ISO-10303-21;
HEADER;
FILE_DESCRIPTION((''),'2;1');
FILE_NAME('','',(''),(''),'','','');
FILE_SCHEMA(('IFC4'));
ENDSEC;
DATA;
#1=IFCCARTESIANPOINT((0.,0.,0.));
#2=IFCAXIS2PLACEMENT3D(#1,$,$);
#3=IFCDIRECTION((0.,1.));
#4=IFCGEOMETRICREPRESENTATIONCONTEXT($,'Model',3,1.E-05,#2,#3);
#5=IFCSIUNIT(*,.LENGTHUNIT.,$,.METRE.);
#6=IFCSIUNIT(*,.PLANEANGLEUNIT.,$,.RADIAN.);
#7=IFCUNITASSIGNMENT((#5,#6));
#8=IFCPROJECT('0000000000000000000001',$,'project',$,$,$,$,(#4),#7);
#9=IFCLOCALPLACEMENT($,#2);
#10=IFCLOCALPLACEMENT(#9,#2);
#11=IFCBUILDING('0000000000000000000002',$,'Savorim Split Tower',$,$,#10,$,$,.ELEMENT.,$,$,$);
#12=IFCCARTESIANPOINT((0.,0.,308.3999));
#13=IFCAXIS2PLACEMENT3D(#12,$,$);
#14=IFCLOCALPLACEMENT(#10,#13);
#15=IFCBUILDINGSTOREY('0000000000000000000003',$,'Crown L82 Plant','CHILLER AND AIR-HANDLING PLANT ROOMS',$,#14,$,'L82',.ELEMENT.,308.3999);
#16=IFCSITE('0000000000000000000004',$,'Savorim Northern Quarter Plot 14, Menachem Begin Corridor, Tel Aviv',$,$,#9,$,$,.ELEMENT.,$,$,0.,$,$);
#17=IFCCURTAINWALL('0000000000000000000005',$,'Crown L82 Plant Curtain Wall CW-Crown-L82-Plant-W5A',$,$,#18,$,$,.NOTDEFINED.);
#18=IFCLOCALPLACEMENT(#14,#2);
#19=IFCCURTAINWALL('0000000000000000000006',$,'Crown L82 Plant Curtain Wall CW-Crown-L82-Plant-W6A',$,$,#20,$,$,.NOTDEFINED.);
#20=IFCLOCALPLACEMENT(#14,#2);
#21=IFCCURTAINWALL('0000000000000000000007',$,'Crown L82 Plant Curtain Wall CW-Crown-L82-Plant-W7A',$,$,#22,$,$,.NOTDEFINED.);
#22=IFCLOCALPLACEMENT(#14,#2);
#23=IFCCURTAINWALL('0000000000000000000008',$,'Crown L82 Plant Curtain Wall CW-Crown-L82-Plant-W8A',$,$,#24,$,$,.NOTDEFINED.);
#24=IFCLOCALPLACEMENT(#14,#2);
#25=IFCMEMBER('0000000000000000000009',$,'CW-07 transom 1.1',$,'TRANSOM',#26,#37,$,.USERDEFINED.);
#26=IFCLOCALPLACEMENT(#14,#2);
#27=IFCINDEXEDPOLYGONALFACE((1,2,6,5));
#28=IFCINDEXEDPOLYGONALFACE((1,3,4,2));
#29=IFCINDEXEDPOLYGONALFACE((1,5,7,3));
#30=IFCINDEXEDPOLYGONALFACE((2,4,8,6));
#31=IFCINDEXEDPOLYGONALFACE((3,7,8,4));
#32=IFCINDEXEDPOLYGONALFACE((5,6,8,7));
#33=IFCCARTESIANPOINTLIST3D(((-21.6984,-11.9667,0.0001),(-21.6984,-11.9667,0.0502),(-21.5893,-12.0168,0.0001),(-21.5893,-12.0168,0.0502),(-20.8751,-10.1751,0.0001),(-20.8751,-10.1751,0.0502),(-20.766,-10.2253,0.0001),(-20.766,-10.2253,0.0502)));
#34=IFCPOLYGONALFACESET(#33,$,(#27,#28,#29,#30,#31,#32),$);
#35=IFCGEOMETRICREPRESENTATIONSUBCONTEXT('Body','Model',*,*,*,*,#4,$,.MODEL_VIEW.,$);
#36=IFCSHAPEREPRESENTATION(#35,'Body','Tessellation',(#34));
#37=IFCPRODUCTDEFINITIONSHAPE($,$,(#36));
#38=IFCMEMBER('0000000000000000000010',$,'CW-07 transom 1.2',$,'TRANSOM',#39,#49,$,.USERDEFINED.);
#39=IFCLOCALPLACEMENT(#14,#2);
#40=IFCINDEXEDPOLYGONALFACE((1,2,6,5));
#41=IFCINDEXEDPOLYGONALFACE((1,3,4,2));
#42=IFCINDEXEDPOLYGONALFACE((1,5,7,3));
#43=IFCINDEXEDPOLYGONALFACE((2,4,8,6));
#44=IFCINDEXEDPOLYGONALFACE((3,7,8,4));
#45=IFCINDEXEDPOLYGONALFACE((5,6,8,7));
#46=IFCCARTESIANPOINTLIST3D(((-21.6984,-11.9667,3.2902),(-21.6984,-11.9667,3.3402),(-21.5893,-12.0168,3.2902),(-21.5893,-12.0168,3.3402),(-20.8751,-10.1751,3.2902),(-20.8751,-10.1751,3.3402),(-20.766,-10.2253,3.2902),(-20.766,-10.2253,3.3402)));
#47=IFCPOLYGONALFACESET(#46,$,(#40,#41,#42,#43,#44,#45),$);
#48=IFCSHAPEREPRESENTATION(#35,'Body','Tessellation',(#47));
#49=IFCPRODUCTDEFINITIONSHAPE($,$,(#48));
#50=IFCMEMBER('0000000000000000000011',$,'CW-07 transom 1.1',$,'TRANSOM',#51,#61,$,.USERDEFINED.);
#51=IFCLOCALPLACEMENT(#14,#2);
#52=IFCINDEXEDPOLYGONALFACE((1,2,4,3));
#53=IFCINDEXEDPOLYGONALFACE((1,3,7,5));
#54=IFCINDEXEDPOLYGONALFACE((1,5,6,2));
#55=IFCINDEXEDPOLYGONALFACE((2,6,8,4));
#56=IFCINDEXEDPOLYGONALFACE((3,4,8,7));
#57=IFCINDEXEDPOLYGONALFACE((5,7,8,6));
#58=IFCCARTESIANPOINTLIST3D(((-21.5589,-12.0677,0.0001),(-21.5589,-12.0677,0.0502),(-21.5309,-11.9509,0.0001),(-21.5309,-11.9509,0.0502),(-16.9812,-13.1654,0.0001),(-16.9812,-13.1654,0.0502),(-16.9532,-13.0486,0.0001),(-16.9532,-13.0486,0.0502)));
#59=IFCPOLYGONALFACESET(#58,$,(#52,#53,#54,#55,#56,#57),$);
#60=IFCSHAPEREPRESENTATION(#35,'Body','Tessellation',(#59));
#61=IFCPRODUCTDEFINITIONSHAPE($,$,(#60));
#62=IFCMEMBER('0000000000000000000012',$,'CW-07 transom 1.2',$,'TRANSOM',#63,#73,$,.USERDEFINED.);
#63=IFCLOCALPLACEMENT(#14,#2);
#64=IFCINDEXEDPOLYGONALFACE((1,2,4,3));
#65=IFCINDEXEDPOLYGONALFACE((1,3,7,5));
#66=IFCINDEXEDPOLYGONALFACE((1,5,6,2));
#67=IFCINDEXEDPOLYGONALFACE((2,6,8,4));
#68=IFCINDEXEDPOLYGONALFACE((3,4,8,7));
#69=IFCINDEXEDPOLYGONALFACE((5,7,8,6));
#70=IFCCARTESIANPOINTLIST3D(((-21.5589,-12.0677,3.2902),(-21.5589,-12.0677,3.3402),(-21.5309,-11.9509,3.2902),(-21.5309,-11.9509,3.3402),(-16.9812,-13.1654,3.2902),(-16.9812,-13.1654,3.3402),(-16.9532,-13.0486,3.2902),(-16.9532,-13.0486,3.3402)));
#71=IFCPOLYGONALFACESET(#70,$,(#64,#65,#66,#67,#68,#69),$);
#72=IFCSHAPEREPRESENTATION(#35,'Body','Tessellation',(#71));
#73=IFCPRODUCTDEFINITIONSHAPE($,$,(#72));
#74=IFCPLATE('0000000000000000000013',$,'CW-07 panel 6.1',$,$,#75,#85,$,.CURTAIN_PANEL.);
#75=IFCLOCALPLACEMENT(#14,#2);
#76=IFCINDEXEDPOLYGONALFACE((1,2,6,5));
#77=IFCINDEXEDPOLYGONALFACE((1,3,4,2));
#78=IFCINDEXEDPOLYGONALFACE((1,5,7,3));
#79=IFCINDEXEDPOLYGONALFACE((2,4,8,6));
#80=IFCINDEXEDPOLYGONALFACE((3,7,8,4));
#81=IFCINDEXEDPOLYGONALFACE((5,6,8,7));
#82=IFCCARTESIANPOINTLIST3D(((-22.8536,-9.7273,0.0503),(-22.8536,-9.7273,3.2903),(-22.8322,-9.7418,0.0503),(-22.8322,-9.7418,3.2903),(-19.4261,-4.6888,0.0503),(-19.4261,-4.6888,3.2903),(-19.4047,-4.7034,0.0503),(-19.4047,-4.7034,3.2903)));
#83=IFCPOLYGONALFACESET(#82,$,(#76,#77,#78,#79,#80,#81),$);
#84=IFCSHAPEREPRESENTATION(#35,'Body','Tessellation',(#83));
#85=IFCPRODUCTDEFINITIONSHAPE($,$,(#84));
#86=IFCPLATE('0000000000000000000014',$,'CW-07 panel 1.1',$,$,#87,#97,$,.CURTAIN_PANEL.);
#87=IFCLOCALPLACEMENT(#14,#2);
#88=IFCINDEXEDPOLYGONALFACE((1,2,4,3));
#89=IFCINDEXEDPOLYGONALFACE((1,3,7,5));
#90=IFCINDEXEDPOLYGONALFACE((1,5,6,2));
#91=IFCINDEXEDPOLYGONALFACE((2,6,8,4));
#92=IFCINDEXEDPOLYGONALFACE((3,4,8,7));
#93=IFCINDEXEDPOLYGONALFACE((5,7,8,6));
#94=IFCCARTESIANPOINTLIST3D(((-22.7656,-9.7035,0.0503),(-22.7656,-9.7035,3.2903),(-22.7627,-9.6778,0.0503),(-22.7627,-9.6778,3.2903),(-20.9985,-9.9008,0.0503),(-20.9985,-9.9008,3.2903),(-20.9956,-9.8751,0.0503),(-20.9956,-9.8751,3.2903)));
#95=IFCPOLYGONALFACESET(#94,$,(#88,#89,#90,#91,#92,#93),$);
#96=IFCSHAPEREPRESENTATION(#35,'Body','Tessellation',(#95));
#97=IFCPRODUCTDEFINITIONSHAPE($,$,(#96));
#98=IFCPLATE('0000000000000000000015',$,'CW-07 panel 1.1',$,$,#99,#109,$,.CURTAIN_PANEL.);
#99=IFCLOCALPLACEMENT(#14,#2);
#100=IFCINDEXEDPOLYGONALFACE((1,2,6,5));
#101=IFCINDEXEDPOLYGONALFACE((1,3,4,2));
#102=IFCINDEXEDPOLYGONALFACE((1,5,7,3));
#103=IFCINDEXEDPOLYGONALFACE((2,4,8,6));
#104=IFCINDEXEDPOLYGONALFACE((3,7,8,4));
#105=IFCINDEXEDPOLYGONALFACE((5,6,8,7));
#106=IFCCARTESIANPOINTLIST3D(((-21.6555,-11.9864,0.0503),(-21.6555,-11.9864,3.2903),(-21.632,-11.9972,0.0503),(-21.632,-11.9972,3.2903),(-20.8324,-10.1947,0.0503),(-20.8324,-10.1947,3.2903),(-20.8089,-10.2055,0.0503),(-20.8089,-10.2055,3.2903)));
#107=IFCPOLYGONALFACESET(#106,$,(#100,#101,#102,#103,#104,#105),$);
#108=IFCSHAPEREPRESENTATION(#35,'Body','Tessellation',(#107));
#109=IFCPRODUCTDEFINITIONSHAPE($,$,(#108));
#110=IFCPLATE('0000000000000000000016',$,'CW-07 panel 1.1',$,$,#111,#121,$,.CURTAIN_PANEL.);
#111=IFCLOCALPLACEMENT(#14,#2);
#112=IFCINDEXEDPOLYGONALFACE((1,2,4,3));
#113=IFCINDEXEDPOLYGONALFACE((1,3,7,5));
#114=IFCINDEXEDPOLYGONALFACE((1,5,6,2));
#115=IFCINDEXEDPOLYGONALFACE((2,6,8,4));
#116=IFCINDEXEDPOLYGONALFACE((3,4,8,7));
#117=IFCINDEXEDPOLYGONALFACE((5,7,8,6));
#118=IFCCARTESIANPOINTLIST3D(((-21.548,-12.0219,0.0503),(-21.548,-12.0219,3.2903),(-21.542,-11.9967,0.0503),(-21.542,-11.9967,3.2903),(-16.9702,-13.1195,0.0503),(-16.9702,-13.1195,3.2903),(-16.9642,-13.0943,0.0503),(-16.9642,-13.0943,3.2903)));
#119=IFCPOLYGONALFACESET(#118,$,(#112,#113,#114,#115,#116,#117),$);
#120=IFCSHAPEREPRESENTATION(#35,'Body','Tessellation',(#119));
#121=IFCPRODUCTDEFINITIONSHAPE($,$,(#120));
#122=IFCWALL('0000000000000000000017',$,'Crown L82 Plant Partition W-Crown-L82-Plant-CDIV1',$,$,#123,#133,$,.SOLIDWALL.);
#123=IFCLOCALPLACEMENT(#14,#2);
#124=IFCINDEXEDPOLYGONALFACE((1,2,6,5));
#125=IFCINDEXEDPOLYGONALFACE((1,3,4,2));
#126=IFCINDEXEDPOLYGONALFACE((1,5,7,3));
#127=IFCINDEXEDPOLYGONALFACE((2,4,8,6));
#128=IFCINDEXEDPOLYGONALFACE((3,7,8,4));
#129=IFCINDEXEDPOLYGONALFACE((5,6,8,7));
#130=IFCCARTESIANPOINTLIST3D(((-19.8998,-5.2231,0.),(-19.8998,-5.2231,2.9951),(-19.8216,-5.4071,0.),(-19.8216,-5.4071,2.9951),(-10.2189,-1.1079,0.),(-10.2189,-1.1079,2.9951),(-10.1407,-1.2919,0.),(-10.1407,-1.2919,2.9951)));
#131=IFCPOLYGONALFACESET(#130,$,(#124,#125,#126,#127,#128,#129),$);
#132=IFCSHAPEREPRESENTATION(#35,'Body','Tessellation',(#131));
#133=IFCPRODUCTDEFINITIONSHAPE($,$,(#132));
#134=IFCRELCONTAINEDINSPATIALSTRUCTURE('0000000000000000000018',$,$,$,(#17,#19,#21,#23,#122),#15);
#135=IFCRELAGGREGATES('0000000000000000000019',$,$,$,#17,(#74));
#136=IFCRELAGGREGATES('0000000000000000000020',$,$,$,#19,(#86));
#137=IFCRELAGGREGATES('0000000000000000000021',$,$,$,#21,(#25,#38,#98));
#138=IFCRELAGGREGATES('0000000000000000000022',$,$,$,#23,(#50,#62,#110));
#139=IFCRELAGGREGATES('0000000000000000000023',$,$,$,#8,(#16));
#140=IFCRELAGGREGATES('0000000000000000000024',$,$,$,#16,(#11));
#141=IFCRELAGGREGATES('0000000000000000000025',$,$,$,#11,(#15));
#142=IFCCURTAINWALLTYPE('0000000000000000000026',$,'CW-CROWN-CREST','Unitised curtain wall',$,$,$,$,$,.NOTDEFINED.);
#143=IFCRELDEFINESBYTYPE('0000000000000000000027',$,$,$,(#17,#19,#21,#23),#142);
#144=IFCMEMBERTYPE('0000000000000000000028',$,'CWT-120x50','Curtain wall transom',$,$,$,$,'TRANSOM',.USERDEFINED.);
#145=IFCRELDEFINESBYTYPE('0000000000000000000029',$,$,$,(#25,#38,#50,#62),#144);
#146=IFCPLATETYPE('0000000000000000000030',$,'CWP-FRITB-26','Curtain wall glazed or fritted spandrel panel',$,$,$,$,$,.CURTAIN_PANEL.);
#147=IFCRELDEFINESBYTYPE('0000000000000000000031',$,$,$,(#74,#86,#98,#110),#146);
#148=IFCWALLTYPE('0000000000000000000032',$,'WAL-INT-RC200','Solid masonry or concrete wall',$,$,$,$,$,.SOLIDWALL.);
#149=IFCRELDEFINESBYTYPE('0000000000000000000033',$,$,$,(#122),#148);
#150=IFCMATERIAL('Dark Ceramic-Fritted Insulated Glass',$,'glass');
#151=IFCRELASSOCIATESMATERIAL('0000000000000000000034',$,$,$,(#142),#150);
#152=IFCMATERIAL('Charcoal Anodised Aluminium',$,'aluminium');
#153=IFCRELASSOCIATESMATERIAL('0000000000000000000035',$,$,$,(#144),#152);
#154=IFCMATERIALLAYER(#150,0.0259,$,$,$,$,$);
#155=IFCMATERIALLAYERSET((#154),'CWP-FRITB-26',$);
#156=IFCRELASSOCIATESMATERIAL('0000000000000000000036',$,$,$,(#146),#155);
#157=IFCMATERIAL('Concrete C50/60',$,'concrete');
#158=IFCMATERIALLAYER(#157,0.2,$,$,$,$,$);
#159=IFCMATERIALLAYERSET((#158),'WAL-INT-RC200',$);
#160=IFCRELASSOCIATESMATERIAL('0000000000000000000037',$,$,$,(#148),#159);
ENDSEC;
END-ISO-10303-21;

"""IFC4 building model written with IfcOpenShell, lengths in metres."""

from ifc_helpers import new_model, si_unit, direction, frame, frame_2d, origin, origin_2d, place, context, subcontext, project, spatial, rectangle, extrude, material, layer, layer_set, material_profile, profile_set, type_object, element, aggregate, save


model = new_model("IFC4")

# Units and contexts
model_context = context("Model", 3, precision=1e-05, world=origin(), true_north=direction((0.0, 1.0)))
body_context = subcontext(model_context, "Body", "Model", "MODEL_VIEW")
ifc_project = project(units=[si_unit("LENGTHUNIT", "METRE"), si_unit("PLANEANGLEUNIT", "RADIAN")], contexts=[model_context])

# Site, building, storey
site_placement = place(None, origin())
site = spatial("IfcSite", under=ifc_project, at=site_placement, Name="Savorim Northern Quarter Plot 14, Menachem Begin Corridor, Tel Aviv", CompositionType="ELEMENT", RefElevation=0.0)
building_placement = place(site_placement, origin())
building = spatial("IfcBuilding", under=site, at=building_placement, Name="Savorim Split Tower", CompositionType="ELEMENT")
storey_placement = place(building_placement, frame((0.0, 0.0, 308.3999)))
storey = spatial("IfcBuildingStorey", under=building, at=storey_placement, Name="Crown L82 Plant", Description="CHILLER AND AIR-HANDLING PLANT ROOMS", LongName="L82", CompositionType="ELEMENT", Elevation=308.3999)

# Curtain walls
ifc_material_1 = material(Name="Dark Ceramic-Fritted Insulated Glass", Category="glass")
curtain_wall_type = type_object("IfcCurtainWallType", Name="CW-CROWN-CREST", Description="Unitised curtain wall", PredefinedType="NOTDEFINED", material=ifc_material_1)
curtain_wall_1_placement = place(storey_placement, origin())
curtain_wall_1 = element("IfcCurtainWall", 1, at=curtain_wall_1_placement, inside=storey, type_object=curtain_wall_type, Name="Crown L82 Plant Curtain Wall CW-Crown-L82-Plant-W5A", PredefinedType="NOTDEFINED")
ifc_material_2 = material(Name="Charcoal Anodised Aluminium", Category="aluminium")
curtain_wall_2_placement = place(storey_placement, origin())
curtain_wall_2 = element("IfcCurtainWall", 2, at=curtain_wall_2_placement, inside=storey, type_object=curtain_wall_type, Name="Crown L82 Plant Curtain Wall CW-Crown-L82-Plant-W6A", PredefinedType="NOTDEFINED")
curtain_wall_3_placement = place(storey_placement, origin())
curtain_wall_3 = element("IfcCurtainWall", 3, at=curtain_wall_3_placement, inside=storey, type_object=curtain_wall_type, Name="Crown L82 Plant Curtain Wall CW-Crown-L82-Plant-W7A", PredefinedType="NOTDEFINED")

# Curtain wall
curtain_wall_4_placement = place(storey_placement, origin())
curtain_wall_4 = element("IfcCurtainWall", 4, at=curtain_wall_4_placement, inside=storey, type_object=curtain_wall_type, Name="Crown L82 Plant Curtain Wall CW-Crown-L82-Plant-W8A", PredefinedType="NOTDEFINED")

# Members
ifc_material_profile_1 = material_profile(ifc_material_2, rectangle(XDim=0.1201, YDim=0.05, at=origin_2d()), Name="ALU-T 120x50")
ifc_profile_set_1 = profile_set([ifc_material_profile_1], Name="Charcoal Anodised Aluminium")
member_type_1 = type_object("IfcMemberType", Name="CWT-120x50", Description="Curtain wall transom", ElementType="TRANSOM", PredefinedType="USERDEFINED", material=ifc_profile_set_1)
member_1_placement = place(storey_placement, frame((-20.8206, -10.2002, 0.0251), z_axis=(-0.41755, -0.908654, 0.0), x_axis=(0.908654, -0.41755, 0.0)))
member_1 = element("IfcMember", 5, at=member_1_placement, type_object=member_type_1, Name="CW-07 transom 1.1", ObjectType="TRANSOM", PredefinedType="USERDEFINED", context=body_context, shape_type="SweptSolid", body=[
    extrude(rectangle(XDim=0.1201, YDim=0.05, at=origin_2d()), origin(), (0.0, 0.0, 1.0), 1.9717),
])
member_2_placement = place(storey_placement, frame((-20.8206, -10.2002, 3.3152), z_axis=(-0.41755, -0.908654, 0.0), x_axis=(0.908654, -0.41755, 0.0)))
member_2 = element("IfcMember", 6, at=member_2_placement, type_object=member_type_1, Name="CW-07 transom 1.2", ObjectType="TRANSOM", PredefinedType="USERDEFINED", context=body_context, shape_type="SweptSolid", body=[
    extrude(rectangle(XDim=0.1201, YDim=0.05, at=origin_2d()), origin(), (0.0, 0.0, 1.0), 1.9717),
])
member_3_placement = place(storey_placement, frame((-21.5449, -12.0093, 0.0251), z_axis=(0.972434, -0.233177, 0.0), x_axis=(0.233177, 0.972434, 0.0)))
member_3 = element("IfcMember", 7, at=member_3_placement, type_object=member_type_1, Name="CW-07 transom 1.1", ObjectType="TRANSOM", PredefinedType="USERDEFINED", context=body_context, shape_type="SweptSolid", body=[
    extrude(rectangle(XDim=0.1201, YDim=0.05, at=origin_2d()), origin(), (0.0, 0.0, 1.0), 4.7075),
])
member_4_placement = place(storey_placement, frame((-21.5449, -12.0093, 3.3152), z_axis=(0.972434, -0.233177, 0.0), x_axis=(0.233177, 0.972434, 0.0)))
member_4 = element("IfcMember", 8, at=member_4_placement, type_object=member_type_1, Name="CW-07 transom 1.2", ObjectType="TRANSOM", PredefinedType="USERDEFINED", context=body_context, shape_type="SweptSolid", body=[
    extrude(rectangle(XDim=0.1201, YDim=0.05, at=origin_2d()), origin(), (0.0, 0.0, 1.0), 4.7075),
])

# Plates
ifc_layer_1 = layer(ifc_material_1, 0.0259)
ifc_layer_set_1 = layer_set([ifc_layer_1], Name="CWP-FRITB-26")
plate_type = type_object("IfcPlateType", Name="CWP-FRITB-26", Description="Curtain wall glazed or fritted spandrel panel", PredefinedType="CURTAIN_PANEL", material=ifc_layer_set_1)
plate_1_placement = place(storey_placement, frame((-21.1292, -7.2153, 0.0503), z_axis=(0.0, 0.0, 1.0), x_axis=(-0.562466, -0.82682, 0.0)))
plate_1 = element("IfcPlate", 9, at=plate_1_placement, type_object=plate_type, Name="CW-07 panel 6.1", PredefinedType="CURTAIN_PANEL", context=body_context, shape_type="SweptSolid", body=[
    extrude(rectangle(XDim=6.0938, YDim=0.0259, at=origin_2d()), origin(), (0.0, 0.0, 1.0), 3.24),
])
aggregate(curtain_wall_1, [plate_1])
plate_2_placement = place(storey_placement, frame((-21.8806, -9.7893, 0.0503), z_axis=(0.0, 0.0, 1.0), x_axis=(0.993825, -0.110958, 0.0)))
plate_2 = element("IfcPlate", 10, at=plate_2_placement, type_object=plate_type, Name="CW-07 panel 1.1", PredefinedType="CURTAIN_PANEL", context=body_context, shape_type="SweptSolid", body=[
    extrude(rectangle(XDim=1.7781, YDim=0.0259, at=origin_2d()), origin(), (0.0, 0.0, 1.0), 3.24),
])
aggregate(curtain_wall_2, [plate_2])
plate_3_placement = place(storey_placement, frame((-21.2322, -11.0959, 0.0503), z_axis=(0.0, 0.0, 1.0), x_axis=(-0.417481, -0.908686, 0.0)))
plate_3 = element("IfcPlate", 11, at=plate_3_placement, type_object=plate_type, Name="CW-07 panel 1.1", PredefinedType="CURTAIN_PANEL", context=body_context, shape_type="SweptSolid", body=[
    extrude(rectangle(XDim=1.9717, YDim=0.0259, at=origin_2d()), origin(), (0.0, 0.0, 1.0), 3.24),
])
aggregate(curtain_wall_3, [member_1, member_2, plate_3])
plate_4_placement = place(storey_placement, frame((-19.2561, -12.5581, 0.0503), z_axis=(0.0, 0.0, 1.0), x_axis=(0.972437, -0.233166, 0.0)))
plate_4 = element("IfcPlate", 12, at=plate_4_placement, type_object=plate_type, Name="CW-07 panel 1.1", PredefinedType="CURTAIN_PANEL", context=body_context, shape_type="SweptSolid", body=[
    extrude(rectangle(XDim=4.7075, YDim=0.0259, at=origin_2d()), origin(), (0.0, 0.0, 1.0), 3.24),
])
aggregate(curtain_wall_4, [member_3, member_4, plate_4])

# Wall
ifc_material_3 = material(Name="Concrete C50/60", Category="concrete")
ifc_layer_2 = layer(ifc_material_3, 0.2)
ifc_layer_set_2 = layer_set([ifc_layer_2], Name="WAL-INT-RC200")
wall_type = type_object("IfcWallType", Name="WAL-INT-RC200", Description="Solid masonry or concrete wall", PredefinedType="SOLIDWALL", material=ifc_layer_set_2)
wall_placement = place(storey_placement, frame((-19.8608, -5.3152, 0.0), z_axis=(0.0, 0.0, 1.0), x_axis=(0.920302, 0.391209, 0.0)))
element("IfcWall", 13, at=wall_placement, inside=storey, type_object=wall_type, Name="Crown L82 Plant Partition W-Crown-L82-Plant-CDIV1", PredefinedType="SOLIDWALL", context=body_context, shape_type="SweptSolid", body=[
    extrude(rectangle(XDim=10.5193, YDim=0.2, at=frame_2d((5.2598, 0.0))), origin(), (0.0, 0.0, 1.0), 2.9951),
])

save(model, "model.ifc")
